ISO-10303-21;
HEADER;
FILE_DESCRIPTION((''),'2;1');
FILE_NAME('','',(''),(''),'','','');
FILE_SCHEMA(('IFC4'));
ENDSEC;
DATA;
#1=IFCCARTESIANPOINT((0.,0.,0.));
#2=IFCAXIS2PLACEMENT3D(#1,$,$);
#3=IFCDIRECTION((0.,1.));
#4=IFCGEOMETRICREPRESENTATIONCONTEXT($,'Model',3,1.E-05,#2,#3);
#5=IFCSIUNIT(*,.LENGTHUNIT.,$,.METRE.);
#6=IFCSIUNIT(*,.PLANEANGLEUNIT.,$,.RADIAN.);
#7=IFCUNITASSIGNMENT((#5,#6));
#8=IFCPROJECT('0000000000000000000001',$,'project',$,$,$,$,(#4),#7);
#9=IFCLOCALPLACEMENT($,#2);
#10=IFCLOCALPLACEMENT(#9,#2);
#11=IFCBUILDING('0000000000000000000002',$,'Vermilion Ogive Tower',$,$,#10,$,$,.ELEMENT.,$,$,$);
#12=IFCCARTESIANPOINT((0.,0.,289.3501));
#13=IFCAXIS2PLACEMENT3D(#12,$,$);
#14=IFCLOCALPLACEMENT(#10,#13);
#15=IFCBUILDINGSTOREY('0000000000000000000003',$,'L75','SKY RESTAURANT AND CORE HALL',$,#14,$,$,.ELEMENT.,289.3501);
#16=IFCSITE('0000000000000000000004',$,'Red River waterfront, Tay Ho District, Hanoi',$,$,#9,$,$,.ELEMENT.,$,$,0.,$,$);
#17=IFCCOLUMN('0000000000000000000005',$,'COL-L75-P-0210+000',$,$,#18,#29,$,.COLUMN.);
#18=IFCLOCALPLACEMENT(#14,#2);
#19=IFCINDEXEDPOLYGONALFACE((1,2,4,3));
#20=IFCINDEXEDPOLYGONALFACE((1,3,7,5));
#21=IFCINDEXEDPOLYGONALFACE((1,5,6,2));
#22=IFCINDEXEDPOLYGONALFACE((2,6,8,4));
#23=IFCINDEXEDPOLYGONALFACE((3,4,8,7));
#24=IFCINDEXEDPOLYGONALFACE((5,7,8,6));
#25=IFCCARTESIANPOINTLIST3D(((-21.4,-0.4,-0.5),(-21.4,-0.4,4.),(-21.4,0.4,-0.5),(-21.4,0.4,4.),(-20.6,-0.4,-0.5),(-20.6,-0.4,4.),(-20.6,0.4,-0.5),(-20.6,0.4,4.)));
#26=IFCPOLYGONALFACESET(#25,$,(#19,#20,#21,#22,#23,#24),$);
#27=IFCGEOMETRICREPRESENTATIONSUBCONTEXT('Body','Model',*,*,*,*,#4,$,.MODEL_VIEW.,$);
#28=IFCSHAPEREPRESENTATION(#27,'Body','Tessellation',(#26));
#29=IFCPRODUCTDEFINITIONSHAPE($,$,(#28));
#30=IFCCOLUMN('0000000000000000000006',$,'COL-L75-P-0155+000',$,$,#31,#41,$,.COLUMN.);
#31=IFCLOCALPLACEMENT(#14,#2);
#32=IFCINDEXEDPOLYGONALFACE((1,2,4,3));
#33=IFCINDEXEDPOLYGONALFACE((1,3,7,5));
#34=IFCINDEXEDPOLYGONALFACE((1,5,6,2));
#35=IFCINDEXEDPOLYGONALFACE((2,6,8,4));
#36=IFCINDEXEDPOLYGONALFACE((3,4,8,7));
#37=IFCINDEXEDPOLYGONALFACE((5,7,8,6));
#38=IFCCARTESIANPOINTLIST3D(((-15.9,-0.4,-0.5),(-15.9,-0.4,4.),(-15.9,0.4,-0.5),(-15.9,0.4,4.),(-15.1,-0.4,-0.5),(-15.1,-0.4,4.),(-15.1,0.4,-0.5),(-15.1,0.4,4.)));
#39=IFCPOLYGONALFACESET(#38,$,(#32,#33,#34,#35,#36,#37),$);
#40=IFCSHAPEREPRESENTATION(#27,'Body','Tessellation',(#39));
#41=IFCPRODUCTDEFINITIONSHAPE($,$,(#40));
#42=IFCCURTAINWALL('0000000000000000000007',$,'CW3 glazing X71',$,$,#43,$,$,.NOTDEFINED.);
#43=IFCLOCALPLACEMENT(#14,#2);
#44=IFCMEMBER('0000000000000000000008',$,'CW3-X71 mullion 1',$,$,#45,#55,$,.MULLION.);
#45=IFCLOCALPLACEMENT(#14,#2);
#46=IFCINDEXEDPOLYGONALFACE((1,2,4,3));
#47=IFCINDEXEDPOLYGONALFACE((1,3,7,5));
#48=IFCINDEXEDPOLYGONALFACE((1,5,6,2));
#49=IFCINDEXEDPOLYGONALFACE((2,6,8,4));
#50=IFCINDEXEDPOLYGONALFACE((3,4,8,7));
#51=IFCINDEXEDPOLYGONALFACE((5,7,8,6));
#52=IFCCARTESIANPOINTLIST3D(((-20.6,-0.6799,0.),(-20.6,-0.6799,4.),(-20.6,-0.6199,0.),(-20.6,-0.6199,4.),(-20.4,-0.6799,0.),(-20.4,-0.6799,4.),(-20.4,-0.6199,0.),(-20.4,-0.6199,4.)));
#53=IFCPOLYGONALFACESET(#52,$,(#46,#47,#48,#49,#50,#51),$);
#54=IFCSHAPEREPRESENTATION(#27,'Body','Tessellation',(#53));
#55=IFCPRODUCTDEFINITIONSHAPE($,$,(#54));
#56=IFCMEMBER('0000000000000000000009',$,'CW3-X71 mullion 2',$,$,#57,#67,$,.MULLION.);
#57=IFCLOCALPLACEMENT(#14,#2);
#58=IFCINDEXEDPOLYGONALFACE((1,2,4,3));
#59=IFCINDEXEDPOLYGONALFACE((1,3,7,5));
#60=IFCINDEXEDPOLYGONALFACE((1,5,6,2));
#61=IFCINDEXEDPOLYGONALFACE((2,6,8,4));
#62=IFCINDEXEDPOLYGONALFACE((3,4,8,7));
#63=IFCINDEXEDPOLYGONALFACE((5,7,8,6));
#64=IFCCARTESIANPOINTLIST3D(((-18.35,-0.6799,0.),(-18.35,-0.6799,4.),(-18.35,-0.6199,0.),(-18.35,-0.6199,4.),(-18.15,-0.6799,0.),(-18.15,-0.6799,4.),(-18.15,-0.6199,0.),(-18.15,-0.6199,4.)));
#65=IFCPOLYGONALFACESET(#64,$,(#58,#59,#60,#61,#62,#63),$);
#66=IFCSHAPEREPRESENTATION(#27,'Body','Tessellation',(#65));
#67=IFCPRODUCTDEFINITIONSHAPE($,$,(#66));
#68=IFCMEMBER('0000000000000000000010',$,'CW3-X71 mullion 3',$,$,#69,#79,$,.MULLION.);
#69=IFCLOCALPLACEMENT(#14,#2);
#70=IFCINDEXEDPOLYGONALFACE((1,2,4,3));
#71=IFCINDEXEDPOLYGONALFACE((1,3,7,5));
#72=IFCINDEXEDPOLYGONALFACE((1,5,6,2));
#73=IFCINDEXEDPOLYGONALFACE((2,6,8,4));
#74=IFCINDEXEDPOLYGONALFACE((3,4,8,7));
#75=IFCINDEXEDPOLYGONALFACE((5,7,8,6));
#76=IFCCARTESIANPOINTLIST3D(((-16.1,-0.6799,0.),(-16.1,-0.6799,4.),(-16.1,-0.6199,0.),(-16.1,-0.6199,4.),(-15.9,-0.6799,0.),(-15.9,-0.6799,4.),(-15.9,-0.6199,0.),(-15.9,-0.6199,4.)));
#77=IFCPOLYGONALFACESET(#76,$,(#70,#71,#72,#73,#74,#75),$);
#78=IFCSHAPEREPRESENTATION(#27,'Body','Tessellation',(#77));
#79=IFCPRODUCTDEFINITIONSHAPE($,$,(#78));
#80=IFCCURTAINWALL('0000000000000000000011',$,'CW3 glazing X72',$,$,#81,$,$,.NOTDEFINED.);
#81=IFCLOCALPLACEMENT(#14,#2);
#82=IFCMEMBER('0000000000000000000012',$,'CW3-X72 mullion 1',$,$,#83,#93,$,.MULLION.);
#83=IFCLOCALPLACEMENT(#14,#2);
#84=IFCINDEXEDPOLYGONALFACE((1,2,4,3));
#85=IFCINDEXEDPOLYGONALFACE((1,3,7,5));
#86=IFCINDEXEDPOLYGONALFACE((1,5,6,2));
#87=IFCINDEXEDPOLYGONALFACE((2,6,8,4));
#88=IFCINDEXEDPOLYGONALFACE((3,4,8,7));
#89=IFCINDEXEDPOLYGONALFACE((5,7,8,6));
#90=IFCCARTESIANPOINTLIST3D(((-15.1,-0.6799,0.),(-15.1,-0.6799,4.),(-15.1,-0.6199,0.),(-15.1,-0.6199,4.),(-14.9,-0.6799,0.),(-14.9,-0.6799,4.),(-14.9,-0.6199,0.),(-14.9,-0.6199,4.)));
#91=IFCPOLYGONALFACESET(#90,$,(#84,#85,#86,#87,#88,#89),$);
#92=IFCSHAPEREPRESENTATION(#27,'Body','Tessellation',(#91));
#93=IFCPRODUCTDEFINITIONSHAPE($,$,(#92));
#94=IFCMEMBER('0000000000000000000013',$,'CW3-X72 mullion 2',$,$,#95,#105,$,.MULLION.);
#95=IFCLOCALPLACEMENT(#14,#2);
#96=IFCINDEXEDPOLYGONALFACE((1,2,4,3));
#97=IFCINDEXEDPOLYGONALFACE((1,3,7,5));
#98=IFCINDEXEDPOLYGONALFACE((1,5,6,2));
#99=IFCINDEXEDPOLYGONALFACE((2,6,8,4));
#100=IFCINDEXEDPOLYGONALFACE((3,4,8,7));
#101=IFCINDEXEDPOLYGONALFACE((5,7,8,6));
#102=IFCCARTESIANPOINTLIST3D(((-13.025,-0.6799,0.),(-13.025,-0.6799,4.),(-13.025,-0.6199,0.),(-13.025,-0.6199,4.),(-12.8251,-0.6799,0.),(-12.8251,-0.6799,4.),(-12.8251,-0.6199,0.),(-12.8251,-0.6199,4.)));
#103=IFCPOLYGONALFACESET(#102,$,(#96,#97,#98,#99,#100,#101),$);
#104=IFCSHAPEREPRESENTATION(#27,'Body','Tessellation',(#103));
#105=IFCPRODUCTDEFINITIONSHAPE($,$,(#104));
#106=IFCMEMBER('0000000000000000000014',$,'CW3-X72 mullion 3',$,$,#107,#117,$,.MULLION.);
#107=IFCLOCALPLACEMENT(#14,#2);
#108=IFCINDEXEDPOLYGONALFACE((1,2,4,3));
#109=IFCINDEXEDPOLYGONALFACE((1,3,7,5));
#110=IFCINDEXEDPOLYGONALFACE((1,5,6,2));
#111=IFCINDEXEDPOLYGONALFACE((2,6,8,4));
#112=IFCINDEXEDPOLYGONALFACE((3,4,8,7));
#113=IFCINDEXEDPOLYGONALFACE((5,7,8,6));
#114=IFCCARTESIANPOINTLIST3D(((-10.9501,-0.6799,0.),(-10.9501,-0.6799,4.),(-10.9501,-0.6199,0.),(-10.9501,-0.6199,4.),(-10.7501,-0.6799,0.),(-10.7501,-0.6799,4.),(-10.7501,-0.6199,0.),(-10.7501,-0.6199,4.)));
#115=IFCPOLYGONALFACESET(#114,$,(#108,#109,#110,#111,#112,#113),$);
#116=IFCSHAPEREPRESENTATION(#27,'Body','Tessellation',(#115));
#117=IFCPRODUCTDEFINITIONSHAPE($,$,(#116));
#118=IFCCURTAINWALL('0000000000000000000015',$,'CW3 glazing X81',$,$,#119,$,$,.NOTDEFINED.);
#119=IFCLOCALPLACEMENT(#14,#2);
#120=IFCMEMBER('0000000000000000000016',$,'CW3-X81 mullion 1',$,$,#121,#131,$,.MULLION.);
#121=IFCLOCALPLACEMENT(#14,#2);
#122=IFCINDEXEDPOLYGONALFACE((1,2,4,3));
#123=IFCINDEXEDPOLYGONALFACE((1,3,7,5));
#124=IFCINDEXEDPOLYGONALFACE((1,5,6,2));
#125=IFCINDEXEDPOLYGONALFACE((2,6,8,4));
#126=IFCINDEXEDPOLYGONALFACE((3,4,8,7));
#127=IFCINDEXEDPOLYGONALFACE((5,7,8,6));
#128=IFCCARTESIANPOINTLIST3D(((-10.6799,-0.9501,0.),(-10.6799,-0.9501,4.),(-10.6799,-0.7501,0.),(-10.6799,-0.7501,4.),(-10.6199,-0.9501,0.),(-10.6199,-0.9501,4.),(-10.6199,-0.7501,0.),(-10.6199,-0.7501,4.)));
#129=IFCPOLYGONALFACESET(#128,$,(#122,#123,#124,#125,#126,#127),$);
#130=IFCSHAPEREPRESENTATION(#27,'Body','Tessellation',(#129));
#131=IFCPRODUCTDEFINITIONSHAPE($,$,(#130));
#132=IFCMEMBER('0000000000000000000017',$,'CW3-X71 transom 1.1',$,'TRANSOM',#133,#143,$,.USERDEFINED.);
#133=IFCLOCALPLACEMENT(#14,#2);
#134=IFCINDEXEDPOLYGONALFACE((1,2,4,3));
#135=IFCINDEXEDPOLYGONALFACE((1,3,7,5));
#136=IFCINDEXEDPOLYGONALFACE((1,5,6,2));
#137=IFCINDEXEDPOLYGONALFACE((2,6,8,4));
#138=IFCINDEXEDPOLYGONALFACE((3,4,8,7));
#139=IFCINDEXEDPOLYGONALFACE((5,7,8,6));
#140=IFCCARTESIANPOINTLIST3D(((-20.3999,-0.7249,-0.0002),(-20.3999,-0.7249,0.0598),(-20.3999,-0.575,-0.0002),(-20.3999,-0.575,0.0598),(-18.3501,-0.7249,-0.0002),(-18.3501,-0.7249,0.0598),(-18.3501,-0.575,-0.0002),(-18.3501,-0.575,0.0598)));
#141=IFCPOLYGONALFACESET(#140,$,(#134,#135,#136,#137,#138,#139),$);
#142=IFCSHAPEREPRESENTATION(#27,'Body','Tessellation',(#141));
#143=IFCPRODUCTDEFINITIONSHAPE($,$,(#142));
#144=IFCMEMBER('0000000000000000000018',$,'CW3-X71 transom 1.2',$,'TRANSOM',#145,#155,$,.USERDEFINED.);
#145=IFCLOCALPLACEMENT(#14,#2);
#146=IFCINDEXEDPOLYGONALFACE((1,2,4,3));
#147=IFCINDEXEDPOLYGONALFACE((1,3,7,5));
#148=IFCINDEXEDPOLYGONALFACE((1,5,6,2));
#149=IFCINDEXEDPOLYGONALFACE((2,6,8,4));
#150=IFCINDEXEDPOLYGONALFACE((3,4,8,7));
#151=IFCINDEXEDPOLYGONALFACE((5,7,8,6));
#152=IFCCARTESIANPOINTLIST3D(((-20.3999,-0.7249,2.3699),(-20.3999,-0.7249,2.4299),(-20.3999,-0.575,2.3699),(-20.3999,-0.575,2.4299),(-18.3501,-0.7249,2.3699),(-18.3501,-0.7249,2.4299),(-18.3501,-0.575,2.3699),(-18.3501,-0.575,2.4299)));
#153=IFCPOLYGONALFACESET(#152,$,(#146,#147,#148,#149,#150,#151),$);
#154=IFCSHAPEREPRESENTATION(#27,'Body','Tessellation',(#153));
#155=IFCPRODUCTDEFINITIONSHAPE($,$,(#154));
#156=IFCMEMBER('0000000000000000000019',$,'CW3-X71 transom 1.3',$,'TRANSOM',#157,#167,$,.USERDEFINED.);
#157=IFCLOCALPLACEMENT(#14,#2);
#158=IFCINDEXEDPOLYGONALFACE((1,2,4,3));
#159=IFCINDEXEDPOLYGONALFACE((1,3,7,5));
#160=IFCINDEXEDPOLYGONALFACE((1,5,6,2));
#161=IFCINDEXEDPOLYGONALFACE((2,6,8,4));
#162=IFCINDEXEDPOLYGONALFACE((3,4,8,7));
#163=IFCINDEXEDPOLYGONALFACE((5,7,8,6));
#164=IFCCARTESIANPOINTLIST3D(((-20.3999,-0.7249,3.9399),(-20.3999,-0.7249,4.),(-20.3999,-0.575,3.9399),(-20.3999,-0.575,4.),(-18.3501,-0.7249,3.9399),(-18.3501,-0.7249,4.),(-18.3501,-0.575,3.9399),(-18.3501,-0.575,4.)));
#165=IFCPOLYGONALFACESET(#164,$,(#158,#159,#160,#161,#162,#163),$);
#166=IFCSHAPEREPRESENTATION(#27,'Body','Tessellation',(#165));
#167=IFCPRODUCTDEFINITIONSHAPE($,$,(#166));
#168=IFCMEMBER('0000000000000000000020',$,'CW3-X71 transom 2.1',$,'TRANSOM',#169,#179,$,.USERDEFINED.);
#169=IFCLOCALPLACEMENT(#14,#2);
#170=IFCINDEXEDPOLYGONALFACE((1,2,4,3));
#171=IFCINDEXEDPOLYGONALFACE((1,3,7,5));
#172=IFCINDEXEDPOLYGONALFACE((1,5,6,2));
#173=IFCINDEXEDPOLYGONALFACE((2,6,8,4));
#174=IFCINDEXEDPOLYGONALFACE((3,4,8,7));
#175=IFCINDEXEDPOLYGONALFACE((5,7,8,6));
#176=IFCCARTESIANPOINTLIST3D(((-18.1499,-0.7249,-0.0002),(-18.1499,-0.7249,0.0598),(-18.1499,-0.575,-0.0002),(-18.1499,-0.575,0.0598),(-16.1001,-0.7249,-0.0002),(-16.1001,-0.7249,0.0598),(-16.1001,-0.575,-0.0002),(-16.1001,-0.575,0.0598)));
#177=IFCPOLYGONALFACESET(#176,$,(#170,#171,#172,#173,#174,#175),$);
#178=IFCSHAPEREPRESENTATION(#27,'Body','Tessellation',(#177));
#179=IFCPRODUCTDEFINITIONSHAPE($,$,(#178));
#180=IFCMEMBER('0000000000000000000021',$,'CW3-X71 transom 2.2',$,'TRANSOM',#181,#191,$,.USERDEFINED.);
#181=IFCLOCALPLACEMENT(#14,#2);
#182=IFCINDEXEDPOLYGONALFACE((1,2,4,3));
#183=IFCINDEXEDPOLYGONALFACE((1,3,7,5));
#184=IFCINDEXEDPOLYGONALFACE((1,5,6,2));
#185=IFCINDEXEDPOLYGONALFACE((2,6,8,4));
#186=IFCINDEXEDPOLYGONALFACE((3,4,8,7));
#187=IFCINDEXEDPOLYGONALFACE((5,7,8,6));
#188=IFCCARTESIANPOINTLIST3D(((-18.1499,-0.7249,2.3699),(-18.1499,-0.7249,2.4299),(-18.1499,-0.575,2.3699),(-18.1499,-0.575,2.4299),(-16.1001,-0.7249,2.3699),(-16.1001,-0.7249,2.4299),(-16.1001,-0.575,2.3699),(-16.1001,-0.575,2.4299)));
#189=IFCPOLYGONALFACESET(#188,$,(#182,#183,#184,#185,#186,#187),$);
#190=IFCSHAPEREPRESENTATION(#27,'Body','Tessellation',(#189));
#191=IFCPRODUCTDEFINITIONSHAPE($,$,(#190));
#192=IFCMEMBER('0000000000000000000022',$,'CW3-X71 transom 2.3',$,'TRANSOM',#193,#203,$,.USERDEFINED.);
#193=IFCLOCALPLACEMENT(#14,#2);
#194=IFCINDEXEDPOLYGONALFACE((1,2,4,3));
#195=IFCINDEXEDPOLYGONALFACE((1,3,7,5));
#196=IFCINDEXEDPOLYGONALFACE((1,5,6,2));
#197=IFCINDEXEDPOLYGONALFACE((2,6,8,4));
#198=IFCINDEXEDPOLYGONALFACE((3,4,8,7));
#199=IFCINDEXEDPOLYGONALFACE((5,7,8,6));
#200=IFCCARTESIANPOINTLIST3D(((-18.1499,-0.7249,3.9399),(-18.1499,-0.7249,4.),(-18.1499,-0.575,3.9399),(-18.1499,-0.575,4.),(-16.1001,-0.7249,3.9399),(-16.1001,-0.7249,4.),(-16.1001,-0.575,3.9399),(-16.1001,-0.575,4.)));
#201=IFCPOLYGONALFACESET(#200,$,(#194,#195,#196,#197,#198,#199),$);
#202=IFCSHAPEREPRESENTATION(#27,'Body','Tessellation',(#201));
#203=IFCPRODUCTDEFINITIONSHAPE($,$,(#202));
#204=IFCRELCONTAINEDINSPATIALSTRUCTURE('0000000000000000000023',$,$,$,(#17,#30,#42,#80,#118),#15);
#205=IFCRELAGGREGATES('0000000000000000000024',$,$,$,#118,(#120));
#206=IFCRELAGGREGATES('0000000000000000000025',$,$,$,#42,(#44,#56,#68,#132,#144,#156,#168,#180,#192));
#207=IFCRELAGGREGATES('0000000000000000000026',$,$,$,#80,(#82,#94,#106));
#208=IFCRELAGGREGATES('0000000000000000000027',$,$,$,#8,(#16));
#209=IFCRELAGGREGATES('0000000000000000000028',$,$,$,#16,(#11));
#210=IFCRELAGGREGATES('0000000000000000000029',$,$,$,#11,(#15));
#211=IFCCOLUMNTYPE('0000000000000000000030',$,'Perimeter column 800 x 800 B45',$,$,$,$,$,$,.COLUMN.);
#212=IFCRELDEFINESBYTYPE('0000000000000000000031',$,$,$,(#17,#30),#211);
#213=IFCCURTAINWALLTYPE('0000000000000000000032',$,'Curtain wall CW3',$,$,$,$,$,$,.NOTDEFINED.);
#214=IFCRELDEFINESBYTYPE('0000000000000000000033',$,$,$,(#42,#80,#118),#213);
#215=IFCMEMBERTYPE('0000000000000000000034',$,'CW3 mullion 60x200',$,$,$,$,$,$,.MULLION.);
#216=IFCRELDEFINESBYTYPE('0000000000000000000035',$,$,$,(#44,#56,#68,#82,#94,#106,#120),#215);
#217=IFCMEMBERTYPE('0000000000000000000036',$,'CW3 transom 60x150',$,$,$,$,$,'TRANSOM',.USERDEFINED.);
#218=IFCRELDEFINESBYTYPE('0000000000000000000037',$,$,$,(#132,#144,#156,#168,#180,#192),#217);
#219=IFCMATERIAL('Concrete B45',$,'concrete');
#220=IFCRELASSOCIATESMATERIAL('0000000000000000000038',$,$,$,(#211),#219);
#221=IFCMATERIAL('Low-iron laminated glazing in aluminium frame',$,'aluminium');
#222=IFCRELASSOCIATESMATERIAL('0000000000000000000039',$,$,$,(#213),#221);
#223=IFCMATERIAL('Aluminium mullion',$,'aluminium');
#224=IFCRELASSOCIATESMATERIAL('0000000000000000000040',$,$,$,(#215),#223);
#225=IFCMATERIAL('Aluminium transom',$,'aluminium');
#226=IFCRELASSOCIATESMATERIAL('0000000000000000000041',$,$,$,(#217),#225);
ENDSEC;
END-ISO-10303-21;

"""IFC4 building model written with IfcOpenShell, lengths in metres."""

from ifc_helpers import new_model, si_unit, direction, frame, origin, origin_2d, place, context, subcontext, project, spatial, rectangle, extrude, material, material_profile, profile_set, type_object, element, aggregate, save


model = new_model("IFC4")

# Units and contexts
model_context = context("Model", 3, precision=1e-05, world=origin(), true_north=direction((0.0, 1.0)))
body_context = subcontext(model_context, "Body", "Model", "MODEL_VIEW")
ifc_project = project(units=[si_unit("LENGTHUNIT", "METRE"), si_unit("PLANEANGLEUNIT", "RADIAN")], contexts=[model_context])

# Site, building, storey
site_placement = place(None, origin())
site = spatial("IfcSite", under=ifc_project, at=site_placement, Name="Red River waterfront, Tay Ho District, Hanoi", CompositionType="ELEMENT", RefElevation=0.0)
building_placement = place(site_placement, origin())
building = spatial("IfcBuilding", under=site, at=building_placement, Name="Vermilion Ogive Tower", CompositionType="ELEMENT")
storey_placement = place(building_placement, frame((0.0, 0.0, 289.3501)))
storey = spatial("IfcBuildingStorey", under=building, at=storey_placement, Name="L75", Description="SKY RESTAURANT AND CORE HALL", CompositionType="ELEMENT", Elevation=289.3501)

# Columns
ifc_material_1 = material(Name="Concrete B45", Category="concrete")
ifc_material_profile_1 = material_profile(ifc_material_1, rectangle(XDim=0.8, YDim=0.8, at=origin_2d()), Name="800 x 800")
ifc_profile_set_1 = profile_set([ifc_material_profile_1], Name="Concrete B45")
column_type = type_object("IfcColumnType", Name="Perimeter column 800 x 800 B45", PredefinedType="COLUMN", material=ifc_profile_set_1)
for number, where, z_axis, x_axis, name in (
    (1, (-21.0, 0.0, -0.5), (0.0, 0.0, 1.0), (1.0, 0.0, 0.0), "COL-L75-P-0210+000"),
    (2, (-15.5, 0.0, -0.5), (0.0, 0.0, 1.0), (1.0, 0.0, 0.0), "COL-L75-P-0155+000"),
):
    element("IfcColumn", number, at=place(storey_placement, frame(where, z_axis=z_axis, x_axis=x_axis)), inside=storey, type_object=column_type, Name=name, PredefinedType="COLUMN", context=body_context, shape_type="SweptSolid", body=[
        extrude(rectangle(XDim=0.8, YDim=0.8, at=origin_2d()), origin(), (0.0, 0.0, 1.0), 4.5),
    ])

# Curtain walls, members
ifc_material_2 = material(Name="Low-iron laminated glazing in aluminium frame", Category="aluminium")
curtain_wall_type = type_object("IfcCurtainWallType", Name="Curtain wall CW3", PredefinedType="NOTDEFINED", material=ifc_material_2)
curtain_wall_1_placement = place(storey_placement, origin())
curtain_wall_1 = element("IfcCurtainWall", 3, at=curtain_wall_1_placement, inside=storey, type_object=curtain_wall_type, Name="CW3 glazing X71", PredefinedType="NOTDEFINED")
ifc_material_3 = material(Name="Aluminium mullion", Category="aluminium")
ifc_material_profile_2 = material_profile(ifc_material_3, rectangle(XDim=0.0601, YDim=0.2, at=origin_2d()), Name="AL 60x200")
ifc_profile_set_2 = profile_set([ifc_material_profile_2], Name="Aluminium mullion")
member_type_1 = type_object("IfcMemberType", Name="CW3 mullion 60x200", PredefinedType="MULLION", material=ifc_profile_set_2)
member_1_placement = place(storey_placement, frame((-20.5, -0.6499, 0.0), z_axis=(0.0, 0.0, 1.0), x_axis=(0.0, 1.0, 0.0)))
member_1 = element("IfcMember", 4, at=member_1_placement, type_object=member_type_1, Name="CW3-X71 mullion 1", PredefinedType="MULLION", context=body_context, shape_type="SweptSolid", body=[
    extrude(rectangle(XDim=0.0601, YDim=0.2, at=origin_2d()), origin(), (0.0, 0.0, 1.0), 4.0),
])
member_2_placement = place(storey_placement, frame((-18.25, -0.6499, 0.0), z_axis=(0.0, 0.0, 1.0), x_axis=(0.0, 1.0, 0.0)))
member_2 = element("IfcMember", 5, at=member_2_placement, type_object=member_type_1, Name="CW3-X71 mullion 2", PredefinedType="MULLION", context=body_context, shape_type="SweptSolid", body=[
    extrude(rectangle(XDim=0.0601, YDim=0.2, at=origin_2d()), origin(), (0.0, 0.0, 1.0), 4.0),
])
member_3_placement = place(storey_placement, frame((-16.0, -0.6499, 0.0), z_axis=(0.0, 0.0, 1.0), x_axis=(0.0, 1.0, 0.0)))
member_3 = element("IfcMember", 6, at=member_3_placement, type_object=member_type_1, Name="CW3-X71 mullion 3", PredefinedType="MULLION", context=body_context, shape_type="SweptSolid", body=[
    extrude(rectangle(XDim=0.0601, YDim=0.2, at=origin_2d()), origin(), (0.0, 0.0, 1.0), 4.0),
])
curtain_wall_2_placement = place(storey_placement, origin())
curtain_wall_2 = element("IfcCurtainWall", 7, at=curtain_wall_2_placement, inside=storey, type_object=curtain_wall_type, Name="CW3 glazing X72", PredefinedType="NOTDEFINED")
member_4_placement = place(storey_placement, frame((-15.0, -0.6499, 0.0), z_axis=(0.0, 0.0, 1.0), x_axis=(0.0, 1.0, 0.0)))
member_4 = element("IfcMember", 8, at=member_4_placement, type_object=member_type_1, Name="CW3-X72 mullion 1", PredefinedType="MULLION", context=body_context, shape_type="SweptSolid", body=[
    extrude(rectangle(XDim=0.0601, YDim=0.2, at=origin_2d()), origin(), (0.0, 0.0, 1.0), 4.0),
])
member_5_placement = place(storey_placement, frame((-12.925, -0.6499, 0.0), z_axis=(0.0, 0.0, 1.0), x_axis=(0.0, 1.0, 0.0)))
member_5 = element("IfcMember", 9, at=member_5_placement, type_object=member_type_1, Name="CW3-X72 mullion 2", PredefinedType="MULLION", context=body_context, shape_type="SweptSolid", body=[
    extrude(rectangle(XDim=0.0601, YDim=0.2, at=origin_2d()), origin(), (0.0, 0.0, 1.0), 4.0),
])
member_6_placement = place(storey_placement, frame((-10.8501, -0.6499, 0.0), z_axis=(0.0, 0.0, 1.0), x_axis=(0.0, 1.0, 0.0)))
member_6 = element("IfcMember", 10, at=member_6_placement, type_object=member_type_1, Name="CW3-X72 mullion 3", PredefinedType="MULLION", context=body_context, shape_type="SweptSolid", body=[
    extrude(rectangle(XDim=0.0601, YDim=0.2, at=origin_2d()), origin(), (0.0, 0.0, 1.0), 4.0),
])

# Curtain wall, member
curtain_wall_3_placement = place(storey_placement, origin())
curtain_wall_3 = element("IfcCurtainWall", 11, at=curtain_wall_3_placement, inside=storey, type_object=curtain_wall_type, Name="CW3 glazing X81", PredefinedType="NOTDEFINED")
member_7_placement = place(storey_placement, frame((-10.6499, -0.8501, 0.0), z_axis=(0.0, 0.0, 1.0), x_axis=(1.0, 0.0, 0.0)))
member_7 = element("IfcMember", 12, at=member_7_placement, type_object=member_type_1, Name="CW3-X81 mullion 1", PredefinedType="MULLION", context=body_context, shape_type="SweptSolid", body=[
    extrude(rectangle(XDim=0.0601, YDim=0.2, at=origin_2d()), origin(), (0.0, 0.0, 1.0), 4.0),
])

# Members
ifc_material_4 = material(Name="Aluminium transom", Category="aluminium")
ifc_material_profile_3 = material_profile(ifc_material_4, rectangle(XDim=0.1499, YDim=0.0601, at=origin_2d()), Name="AL 60x150")
ifc_profile_set_3 = profile_set([ifc_material_profile_3], Name="Aluminium transom")
member_type_2 = type_object("IfcMemberType", Name="CW3 transom 60x150", ElementType="TRANSOM", PredefinedType="USERDEFINED", material=ifc_profile_set_3)
member_8_placement = place(storey_placement, frame((-20.3999, -0.6499, 0.0298), z_axis=(1.0, 0.0, 0.0), x_axis=(0.0, 1.0, 0.0)))
member_8 = element("IfcMember", 13, at=member_8_placement, type_object=member_type_2, Name="CW3-X71 transom 1.1", ObjectType="TRANSOM", PredefinedType="USERDEFINED", context=body_context, shape_type="SweptSolid", body=[
    extrude(rectangle(XDim=0.1499, YDim=0.0601, at=origin_2d()), origin(), (0.0, 0.0, 1.0), 2.0498),
])
member_9_placement = place(storey_placement, frame((-20.3999, -0.6499, 2.3999), z_axis=(1.0, 0.0, 0.0), x_axis=(0.0, 1.0, 0.0)))
member_9 = element("IfcMember", 14, at=member_9_placement, type_object=member_type_2, Name="CW3-X71 transom 1.2", ObjectType="TRANSOM", PredefinedType="USERDEFINED", context=body_context, shape_type="SweptSolid", body=[
    extrude(rectangle(XDim=0.1499, YDim=0.0601, at=origin_2d()), origin(), (0.0, 0.0, 1.0), 2.0498),
])
member_10_placement = place(storey_placement, frame((-20.3999, -0.6499, 3.97), z_axis=(1.0, 0.0, 0.0), x_axis=(0.0, 1.0, 0.0)))
member_10 = element("IfcMember", 15, at=member_10_placement, type_object=member_type_2, Name="CW3-X71 transom 1.3", ObjectType="TRANSOM", PredefinedType="USERDEFINED", context=body_context, shape_type="SweptSolid", body=[
    extrude(rectangle(XDim=0.1499, YDim=0.0601, at=origin_2d()), origin(), (0.0, 0.0, 1.0), 2.0498),
])
member_11_placement = place(storey_placement, frame((-18.1499, -0.6499, 0.0298), z_axis=(1.0, 0.0, 0.0), x_axis=(0.0, 1.0, 0.0)))
member_11 = element("IfcMember", 16, at=member_11_placement, type_object=member_type_2, Name="CW3-X71 transom 2.1", ObjectType="TRANSOM", PredefinedType="USERDEFINED", context=body_context, shape_type="SweptSolid", body=[
    extrude(rectangle(XDim=0.1499, YDim=0.0601, at=origin_2d()), origin(), (0.0, 0.0, 1.0), 2.0498),
])
member_12_placement = place(storey_placement, frame((-18.1499, -0.6499, 2.3999), z_axis=(1.0, 0.0, 0.0), x_axis=(0.0, 1.0, 0.0)))
member_12 = element("IfcMember", 17, at=member_12_placement, type_object=member_type_2, Name="CW3-X71 transom 2.2", ObjectType="TRANSOM", PredefinedType="USERDEFINED", context=body_context, shape_type="SweptSolid", body=[
    extrude(rectangle(XDim=0.1499, YDim=0.0601, at=origin_2d()), origin(), (0.0, 0.0, 1.0), 2.0498),
])
member_13_placement = place(storey_placement, frame((-18.1499, -0.6499, 3.97), z_axis=(1.0, 0.0, 0.0), x_axis=(0.0, 1.0, 0.0)))
member_13 = element("IfcMember", 18, at=member_13_placement, type_object=member_type_2, Name="CW3-X71 transom 2.3", ObjectType="TRANSOM", PredefinedType="USERDEFINED", context=body_context, shape_type="SweptSolid", body=[
    extrude(rectangle(XDim=0.1499, YDim=0.0601, at=origin_2d()), origin(), (0.0, 0.0, 1.0), 2.0498),
])
aggregate(curtain_wall_3, [member_7])

aggregate(curtain_wall_1, [member_1, member_2, member_3, member_8, member_9, member_10, member_11, member_12, member_13])
aggregate(curtain_wall_2, [member_4, member_5, member_6])

save(model, "model.ifc")
